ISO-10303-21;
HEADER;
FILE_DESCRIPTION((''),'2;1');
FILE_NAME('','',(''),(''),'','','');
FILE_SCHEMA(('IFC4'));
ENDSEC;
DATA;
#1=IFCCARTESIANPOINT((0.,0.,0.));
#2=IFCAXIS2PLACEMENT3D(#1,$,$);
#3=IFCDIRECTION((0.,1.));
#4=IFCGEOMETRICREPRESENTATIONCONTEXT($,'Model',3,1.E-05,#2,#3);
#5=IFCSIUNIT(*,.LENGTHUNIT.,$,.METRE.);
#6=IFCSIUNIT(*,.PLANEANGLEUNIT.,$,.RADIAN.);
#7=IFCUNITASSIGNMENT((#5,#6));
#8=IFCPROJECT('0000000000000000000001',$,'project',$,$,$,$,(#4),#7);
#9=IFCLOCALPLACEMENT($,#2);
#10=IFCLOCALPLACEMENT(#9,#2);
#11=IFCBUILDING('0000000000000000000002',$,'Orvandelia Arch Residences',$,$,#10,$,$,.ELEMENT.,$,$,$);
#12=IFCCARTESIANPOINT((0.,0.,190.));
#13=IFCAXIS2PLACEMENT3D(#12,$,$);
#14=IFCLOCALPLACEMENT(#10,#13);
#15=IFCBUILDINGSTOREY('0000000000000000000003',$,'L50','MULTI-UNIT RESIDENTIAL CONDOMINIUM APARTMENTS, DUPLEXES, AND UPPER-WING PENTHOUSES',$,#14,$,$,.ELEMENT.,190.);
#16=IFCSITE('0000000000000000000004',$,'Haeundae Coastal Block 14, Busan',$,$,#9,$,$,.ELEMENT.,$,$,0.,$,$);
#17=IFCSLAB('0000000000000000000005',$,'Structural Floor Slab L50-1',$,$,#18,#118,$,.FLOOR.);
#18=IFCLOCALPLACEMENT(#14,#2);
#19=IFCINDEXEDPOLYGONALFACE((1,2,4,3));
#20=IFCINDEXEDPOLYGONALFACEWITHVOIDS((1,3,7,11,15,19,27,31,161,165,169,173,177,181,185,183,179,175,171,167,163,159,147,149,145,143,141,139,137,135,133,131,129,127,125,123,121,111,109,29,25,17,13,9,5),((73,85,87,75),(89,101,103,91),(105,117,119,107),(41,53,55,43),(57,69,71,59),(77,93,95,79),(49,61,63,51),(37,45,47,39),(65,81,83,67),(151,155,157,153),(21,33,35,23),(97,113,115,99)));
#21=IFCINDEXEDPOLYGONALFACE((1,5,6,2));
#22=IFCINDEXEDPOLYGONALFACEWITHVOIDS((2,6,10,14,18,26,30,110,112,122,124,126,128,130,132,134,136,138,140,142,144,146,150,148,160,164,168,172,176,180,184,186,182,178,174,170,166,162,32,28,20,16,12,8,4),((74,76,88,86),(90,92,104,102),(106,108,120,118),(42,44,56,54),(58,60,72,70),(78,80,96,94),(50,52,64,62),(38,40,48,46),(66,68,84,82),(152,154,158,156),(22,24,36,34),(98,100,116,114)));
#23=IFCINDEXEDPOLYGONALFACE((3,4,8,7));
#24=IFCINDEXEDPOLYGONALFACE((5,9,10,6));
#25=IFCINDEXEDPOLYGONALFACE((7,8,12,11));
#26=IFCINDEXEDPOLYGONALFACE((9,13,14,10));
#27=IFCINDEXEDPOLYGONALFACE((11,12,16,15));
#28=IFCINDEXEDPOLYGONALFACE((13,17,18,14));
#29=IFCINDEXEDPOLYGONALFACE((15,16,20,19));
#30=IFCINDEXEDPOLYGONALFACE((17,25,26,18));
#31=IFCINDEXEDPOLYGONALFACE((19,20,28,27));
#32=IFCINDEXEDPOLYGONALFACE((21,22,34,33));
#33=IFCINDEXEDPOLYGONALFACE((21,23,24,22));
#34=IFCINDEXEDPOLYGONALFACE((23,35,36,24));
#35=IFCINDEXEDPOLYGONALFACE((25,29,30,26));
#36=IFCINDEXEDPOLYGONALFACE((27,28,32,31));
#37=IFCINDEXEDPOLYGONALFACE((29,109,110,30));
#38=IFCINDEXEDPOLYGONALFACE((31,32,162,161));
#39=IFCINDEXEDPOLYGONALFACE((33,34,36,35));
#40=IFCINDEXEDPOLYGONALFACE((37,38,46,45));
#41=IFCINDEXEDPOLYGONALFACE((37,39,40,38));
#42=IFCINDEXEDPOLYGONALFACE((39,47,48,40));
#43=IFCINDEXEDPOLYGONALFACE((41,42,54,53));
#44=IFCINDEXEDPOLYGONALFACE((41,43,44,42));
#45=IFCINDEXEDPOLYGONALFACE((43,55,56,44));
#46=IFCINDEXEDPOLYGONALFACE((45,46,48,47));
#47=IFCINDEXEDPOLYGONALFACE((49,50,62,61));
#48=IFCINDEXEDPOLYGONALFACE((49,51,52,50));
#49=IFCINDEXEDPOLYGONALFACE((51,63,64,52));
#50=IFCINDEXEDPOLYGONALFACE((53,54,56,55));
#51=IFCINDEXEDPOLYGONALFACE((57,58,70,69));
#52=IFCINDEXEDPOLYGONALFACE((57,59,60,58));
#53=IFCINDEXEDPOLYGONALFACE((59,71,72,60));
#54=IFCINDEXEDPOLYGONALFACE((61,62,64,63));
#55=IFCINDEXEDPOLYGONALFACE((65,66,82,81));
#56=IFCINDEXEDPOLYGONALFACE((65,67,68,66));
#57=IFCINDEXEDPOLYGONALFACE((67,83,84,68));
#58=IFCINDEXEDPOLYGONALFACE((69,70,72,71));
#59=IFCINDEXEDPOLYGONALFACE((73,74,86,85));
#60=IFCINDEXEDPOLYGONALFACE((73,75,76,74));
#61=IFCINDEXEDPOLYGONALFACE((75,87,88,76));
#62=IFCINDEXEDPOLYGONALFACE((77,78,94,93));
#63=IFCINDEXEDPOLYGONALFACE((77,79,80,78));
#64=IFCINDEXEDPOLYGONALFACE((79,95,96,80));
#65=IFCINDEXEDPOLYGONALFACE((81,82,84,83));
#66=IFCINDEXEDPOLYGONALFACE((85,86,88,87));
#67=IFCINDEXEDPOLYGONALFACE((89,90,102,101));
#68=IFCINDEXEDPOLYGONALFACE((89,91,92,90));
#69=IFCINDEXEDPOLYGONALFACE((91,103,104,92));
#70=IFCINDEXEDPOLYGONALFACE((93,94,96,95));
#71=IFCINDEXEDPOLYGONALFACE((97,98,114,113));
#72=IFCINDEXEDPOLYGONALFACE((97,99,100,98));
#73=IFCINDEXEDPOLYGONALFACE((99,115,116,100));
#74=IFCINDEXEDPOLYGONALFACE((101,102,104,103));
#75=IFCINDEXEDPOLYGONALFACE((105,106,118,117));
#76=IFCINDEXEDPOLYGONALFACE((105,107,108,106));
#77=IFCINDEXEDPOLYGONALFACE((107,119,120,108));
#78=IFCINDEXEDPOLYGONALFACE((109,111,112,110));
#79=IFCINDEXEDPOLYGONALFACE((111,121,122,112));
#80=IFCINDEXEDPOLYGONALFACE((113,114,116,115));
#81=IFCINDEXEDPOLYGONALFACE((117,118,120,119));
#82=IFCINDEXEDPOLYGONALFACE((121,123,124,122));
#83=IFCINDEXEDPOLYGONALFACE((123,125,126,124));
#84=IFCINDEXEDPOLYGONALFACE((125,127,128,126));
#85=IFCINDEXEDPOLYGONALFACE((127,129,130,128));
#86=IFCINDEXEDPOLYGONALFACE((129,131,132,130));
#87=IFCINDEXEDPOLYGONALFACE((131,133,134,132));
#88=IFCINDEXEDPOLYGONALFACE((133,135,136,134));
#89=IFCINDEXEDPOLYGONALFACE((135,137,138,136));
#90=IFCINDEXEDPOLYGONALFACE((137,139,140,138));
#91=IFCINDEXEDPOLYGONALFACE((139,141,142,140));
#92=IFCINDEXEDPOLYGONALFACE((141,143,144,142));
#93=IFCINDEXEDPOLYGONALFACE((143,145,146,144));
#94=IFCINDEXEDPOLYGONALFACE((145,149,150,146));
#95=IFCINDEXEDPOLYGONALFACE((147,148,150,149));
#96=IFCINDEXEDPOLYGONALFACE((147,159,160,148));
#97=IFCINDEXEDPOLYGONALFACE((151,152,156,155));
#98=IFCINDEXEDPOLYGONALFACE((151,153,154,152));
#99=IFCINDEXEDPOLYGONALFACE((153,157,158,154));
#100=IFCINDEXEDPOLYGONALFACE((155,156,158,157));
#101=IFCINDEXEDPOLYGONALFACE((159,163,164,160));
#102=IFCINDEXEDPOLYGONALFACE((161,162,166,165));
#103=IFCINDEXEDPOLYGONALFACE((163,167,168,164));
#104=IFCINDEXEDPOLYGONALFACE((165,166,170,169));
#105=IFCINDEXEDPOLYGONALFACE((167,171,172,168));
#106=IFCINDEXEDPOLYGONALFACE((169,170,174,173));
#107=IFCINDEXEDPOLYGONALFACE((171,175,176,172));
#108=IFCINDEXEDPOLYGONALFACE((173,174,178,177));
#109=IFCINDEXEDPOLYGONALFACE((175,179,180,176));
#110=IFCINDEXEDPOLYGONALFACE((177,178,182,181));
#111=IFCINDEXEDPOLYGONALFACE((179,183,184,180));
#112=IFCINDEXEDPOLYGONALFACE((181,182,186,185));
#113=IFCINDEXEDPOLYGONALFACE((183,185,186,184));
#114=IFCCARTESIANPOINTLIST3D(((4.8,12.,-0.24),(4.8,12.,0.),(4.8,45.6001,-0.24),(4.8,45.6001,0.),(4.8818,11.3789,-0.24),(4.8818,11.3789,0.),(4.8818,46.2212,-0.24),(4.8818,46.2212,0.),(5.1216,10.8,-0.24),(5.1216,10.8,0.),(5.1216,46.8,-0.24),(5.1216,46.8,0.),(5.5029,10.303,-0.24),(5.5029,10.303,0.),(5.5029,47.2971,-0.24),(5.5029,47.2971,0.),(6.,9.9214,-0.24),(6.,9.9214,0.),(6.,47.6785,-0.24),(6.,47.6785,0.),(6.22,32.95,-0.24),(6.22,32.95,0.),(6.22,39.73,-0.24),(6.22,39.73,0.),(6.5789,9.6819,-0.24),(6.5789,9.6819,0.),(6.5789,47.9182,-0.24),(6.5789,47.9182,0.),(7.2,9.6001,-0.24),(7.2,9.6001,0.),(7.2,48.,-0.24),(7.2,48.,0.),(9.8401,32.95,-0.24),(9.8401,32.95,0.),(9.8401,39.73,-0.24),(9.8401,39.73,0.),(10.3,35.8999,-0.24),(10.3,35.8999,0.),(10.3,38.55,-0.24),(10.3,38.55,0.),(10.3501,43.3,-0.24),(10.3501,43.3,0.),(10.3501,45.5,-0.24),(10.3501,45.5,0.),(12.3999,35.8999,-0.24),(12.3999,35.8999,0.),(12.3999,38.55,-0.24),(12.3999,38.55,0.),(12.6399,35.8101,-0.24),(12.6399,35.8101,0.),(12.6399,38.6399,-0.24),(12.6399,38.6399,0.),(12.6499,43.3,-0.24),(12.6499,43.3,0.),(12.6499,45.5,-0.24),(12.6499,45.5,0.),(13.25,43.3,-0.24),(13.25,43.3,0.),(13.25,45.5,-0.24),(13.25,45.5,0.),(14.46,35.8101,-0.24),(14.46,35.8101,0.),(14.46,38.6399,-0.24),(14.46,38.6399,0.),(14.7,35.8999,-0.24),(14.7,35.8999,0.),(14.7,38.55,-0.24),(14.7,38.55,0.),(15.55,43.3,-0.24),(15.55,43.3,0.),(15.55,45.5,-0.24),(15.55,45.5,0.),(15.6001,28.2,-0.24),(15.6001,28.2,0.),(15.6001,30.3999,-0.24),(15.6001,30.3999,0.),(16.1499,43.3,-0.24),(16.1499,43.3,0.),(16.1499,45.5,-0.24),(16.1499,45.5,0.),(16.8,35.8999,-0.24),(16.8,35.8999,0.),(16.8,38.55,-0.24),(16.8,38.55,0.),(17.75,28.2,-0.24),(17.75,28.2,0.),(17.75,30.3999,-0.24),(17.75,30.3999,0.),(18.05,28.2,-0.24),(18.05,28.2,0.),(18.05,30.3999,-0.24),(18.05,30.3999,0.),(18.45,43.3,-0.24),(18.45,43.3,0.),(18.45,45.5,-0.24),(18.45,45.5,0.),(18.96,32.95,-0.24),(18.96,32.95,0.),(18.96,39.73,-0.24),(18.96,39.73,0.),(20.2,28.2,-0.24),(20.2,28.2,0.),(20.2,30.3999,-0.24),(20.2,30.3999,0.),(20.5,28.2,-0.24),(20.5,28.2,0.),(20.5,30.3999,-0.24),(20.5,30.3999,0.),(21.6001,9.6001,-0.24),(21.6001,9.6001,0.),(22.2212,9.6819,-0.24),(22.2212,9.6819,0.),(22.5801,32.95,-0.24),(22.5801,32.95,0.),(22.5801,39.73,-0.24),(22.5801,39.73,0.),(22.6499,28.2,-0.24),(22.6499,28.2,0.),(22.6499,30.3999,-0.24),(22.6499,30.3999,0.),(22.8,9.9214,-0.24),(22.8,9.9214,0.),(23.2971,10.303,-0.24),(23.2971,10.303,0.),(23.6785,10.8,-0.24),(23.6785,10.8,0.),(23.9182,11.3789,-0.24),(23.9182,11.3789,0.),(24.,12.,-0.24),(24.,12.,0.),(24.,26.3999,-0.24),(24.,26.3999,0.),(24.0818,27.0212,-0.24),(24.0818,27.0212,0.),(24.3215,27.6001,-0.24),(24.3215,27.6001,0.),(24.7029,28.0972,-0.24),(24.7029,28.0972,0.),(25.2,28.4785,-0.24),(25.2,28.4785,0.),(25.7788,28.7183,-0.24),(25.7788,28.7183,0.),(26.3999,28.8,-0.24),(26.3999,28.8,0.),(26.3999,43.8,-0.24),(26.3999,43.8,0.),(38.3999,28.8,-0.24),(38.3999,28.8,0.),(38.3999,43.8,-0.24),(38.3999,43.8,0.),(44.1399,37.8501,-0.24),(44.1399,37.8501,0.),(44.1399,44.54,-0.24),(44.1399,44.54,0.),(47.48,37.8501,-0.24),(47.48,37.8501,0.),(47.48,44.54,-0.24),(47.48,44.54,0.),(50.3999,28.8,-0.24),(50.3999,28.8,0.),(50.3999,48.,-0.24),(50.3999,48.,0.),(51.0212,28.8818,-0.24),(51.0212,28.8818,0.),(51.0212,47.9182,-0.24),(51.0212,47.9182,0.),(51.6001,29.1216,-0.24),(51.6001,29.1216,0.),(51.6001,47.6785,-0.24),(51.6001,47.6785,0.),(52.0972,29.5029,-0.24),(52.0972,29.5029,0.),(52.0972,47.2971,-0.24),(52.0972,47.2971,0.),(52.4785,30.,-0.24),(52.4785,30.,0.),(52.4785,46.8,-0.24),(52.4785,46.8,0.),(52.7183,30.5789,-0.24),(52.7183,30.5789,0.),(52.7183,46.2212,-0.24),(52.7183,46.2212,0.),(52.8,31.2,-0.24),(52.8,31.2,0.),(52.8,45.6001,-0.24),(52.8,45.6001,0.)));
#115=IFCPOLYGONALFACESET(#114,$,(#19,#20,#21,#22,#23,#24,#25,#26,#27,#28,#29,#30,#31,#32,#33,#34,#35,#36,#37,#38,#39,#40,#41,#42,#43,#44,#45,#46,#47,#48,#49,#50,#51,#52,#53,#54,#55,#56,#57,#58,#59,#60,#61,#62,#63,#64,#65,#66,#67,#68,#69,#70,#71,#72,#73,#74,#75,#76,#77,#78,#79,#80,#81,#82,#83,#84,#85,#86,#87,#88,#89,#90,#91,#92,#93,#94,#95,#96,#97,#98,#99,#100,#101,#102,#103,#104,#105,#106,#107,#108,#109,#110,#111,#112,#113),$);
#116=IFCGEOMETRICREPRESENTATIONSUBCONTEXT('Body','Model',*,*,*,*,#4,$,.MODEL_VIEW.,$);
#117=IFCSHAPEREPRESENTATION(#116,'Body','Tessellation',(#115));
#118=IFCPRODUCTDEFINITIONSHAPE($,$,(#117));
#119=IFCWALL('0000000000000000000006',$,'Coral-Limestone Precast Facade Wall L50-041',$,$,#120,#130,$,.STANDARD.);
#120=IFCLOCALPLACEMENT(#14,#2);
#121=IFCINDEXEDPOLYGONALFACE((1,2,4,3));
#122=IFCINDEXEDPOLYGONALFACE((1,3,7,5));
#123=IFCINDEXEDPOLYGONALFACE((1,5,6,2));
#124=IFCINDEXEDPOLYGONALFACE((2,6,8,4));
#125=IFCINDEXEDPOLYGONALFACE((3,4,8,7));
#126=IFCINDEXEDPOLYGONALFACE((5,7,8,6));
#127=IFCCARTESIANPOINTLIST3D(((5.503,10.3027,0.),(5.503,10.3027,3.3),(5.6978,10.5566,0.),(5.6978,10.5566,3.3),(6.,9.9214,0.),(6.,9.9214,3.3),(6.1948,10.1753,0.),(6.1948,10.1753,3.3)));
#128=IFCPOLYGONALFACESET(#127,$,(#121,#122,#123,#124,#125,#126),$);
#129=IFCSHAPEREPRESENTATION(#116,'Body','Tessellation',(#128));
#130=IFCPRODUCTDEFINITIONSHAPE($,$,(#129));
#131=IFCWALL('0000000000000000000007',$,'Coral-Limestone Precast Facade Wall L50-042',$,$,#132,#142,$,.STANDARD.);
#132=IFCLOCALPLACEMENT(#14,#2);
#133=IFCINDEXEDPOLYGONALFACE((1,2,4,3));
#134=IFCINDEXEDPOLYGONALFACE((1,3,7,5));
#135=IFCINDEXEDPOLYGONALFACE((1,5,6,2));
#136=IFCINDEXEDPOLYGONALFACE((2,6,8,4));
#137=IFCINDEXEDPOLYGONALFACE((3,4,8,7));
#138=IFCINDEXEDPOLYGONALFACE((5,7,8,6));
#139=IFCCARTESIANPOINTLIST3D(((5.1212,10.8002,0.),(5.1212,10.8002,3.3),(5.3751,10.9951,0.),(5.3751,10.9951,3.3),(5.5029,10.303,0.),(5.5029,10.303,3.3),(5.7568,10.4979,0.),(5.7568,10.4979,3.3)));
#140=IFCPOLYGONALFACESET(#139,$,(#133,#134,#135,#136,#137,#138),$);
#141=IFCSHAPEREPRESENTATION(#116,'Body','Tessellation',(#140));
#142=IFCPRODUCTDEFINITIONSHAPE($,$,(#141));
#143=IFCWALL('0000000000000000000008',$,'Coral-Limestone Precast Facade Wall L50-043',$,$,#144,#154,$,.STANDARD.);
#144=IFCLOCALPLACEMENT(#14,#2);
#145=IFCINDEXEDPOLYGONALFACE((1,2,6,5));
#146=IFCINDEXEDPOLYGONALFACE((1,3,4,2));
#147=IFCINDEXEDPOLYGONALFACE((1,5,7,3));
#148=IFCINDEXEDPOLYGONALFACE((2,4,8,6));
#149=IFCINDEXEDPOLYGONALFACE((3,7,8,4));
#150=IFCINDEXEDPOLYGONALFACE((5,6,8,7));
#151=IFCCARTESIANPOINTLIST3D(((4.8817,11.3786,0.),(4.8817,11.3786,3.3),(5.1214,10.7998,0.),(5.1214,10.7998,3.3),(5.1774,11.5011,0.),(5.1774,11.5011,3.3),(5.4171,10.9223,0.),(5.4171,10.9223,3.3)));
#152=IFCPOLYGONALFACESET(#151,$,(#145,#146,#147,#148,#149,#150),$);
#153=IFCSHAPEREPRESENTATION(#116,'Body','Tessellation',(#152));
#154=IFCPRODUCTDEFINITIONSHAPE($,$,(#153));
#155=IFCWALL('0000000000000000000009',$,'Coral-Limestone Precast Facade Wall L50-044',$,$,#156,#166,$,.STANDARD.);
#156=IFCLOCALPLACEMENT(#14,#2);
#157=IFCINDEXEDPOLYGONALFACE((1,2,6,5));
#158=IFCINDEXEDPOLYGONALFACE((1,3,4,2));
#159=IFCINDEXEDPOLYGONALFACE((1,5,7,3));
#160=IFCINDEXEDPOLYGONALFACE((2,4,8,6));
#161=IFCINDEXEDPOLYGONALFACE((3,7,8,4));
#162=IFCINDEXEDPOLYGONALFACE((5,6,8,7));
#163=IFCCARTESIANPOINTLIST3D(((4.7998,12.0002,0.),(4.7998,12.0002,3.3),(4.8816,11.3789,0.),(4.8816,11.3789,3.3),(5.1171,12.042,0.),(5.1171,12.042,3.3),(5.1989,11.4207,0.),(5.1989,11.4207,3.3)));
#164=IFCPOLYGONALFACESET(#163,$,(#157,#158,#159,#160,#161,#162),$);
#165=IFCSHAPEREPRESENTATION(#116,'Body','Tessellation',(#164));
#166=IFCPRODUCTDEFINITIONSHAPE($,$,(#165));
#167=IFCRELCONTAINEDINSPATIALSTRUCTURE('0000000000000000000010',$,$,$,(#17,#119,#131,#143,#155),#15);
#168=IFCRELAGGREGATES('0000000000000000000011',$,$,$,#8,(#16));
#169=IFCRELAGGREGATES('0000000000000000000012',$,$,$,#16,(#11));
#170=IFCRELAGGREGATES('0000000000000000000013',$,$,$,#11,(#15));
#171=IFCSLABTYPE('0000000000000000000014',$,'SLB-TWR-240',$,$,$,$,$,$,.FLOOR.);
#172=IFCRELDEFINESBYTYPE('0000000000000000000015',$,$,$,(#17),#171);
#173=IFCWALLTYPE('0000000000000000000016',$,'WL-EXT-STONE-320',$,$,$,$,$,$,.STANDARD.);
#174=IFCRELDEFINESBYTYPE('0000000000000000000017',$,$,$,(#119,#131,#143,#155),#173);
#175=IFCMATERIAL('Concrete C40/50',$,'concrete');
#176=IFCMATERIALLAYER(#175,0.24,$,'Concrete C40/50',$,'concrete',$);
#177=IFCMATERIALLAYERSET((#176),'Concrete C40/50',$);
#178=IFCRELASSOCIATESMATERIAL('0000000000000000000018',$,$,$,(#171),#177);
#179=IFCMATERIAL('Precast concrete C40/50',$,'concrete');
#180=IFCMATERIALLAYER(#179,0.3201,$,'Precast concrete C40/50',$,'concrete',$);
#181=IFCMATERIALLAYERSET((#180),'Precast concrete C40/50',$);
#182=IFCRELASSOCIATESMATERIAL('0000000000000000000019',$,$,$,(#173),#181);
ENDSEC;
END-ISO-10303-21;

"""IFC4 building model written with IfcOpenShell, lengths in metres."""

from ifc_helpers import new_model, si_unit, direction, frame, frame_2d, origin, place, context, subcontext, project, spatial, polyline, rectangle, outline, extrude, material, layer, layer_set, type_object, element, save


model = new_model("IFC4")

# Units and contexts
model_context = context("Model", 3, precision=1e-05, world=origin(), true_north=direction((0.0, 1.0)))
body_context = subcontext(model_context, "Body", "Model", "MODEL_VIEW")
ifc_project = project(units=[si_unit("LENGTHUNIT", "METRE"), si_unit("PLANEANGLEUNIT", "RADIAN")], contexts=[model_context])

# Site, building, storey
site_placement = place(None, origin())
site = spatial("IfcSite", under=ifc_project, at=site_placement, Name="Haeundae Coastal Block 14, Busan", CompositionType="ELEMENT", RefElevation=0.0)
building_placement = place(site_placement, origin())
building = spatial("IfcBuilding", under=site, at=building_placement, Name="Orvandelia Arch Residences", CompositionType="ELEMENT")
storey_placement = place(building_placement, frame((0.0, 0.0, 190.0)))
storey = spatial("IfcBuildingStorey", under=building, at=storey_placement, Name="L50", Description="MULTI-UNIT RESIDENTIAL CONDOMINIUM APARTMENTS, DUPLEXES, AND UPPER-WING PENTHOUSES", CompositionType="ELEMENT", Elevation=190.0)

# Shared definitions
ifc_material_1 = material(Name="Concrete C40/50", Category="concrete")

# Slab
ifc_layer_1 = layer(ifc_material_1, 0.24, Name="Concrete C40/50", Category="concrete")
ifc_layer_set_1 = layer_set([ifc_layer_1], Name="Concrete C40/50")
slab_type_1 = type_object("IfcSlabType", Name="SLB-TWR-240", PredefinedType="FLOOR", material=ifc_layer_set_1)
slab_1_placement = place(storey_placement, frame((0.0, 0.0, -0.24)))
element("IfcSlab", 1, at=slab_1_placement, inside=storey, type_object=slab_type_1, Name="Structural Floor Slab L50-1", PredefinedType="FLOOR", context=body_context, shape_type="SweptSolid", body=[
    extrude(outline(polyline([(4.8, 12.0), (4.8818, 11.3789), (5.1216, 10.8), (5.5029, 10.303), (6.0, 9.9214), (6.5789, 9.6819), (7.2, 9.6001), (21.6001, 9.6001), (22.2212, 9.6819), (22.8, 9.9214), (23.2971, 10.303), (23.6785, 10.8), (23.9182, 11.3789), (24.0, 12.0), (24.0, 26.3999), (24.0818, 27.0212), (24.3215, 27.6001), (24.7029, 28.0972), (25.2, 28.4785), (25.7788, 28.7183), (26.3999, 28.8), (26.3999, 43.8), (38.3999, 43.8), (38.3999, 28.8), (50.3999, 28.8), (51.0212, 28.8818), (51.6001, 29.1216), (52.0972, 29.5029), (52.4785, 30.0), (52.7183, 30.5789), (52.8, 31.2), (52.8, 45.6001), (52.7183, 46.2212), (52.4785, 46.8), (52.0972, 47.2971), (51.6001, 47.6785), (51.0212, 47.9182), (50.3999, 48.0), (7.2, 48.0), (6.5789, 47.9182), (6.0, 47.6785), (5.5029, 47.2971), (5.1216, 46.8), (4.8818, 46.2212), (4.8, 45.6001), (4.8, 12.0)]), holes=[polyline([(6.22, 32.95), (9.8401, 32.95), (9.8401, 39.73), (6.22, 39.73), (6.22, 32.95)]), polyline([(18.96, 32.95), (22.5801, 32.95), (22.5801, 39.73), (18.96, 39.73), (18.96, 32.95)]), polyline([(44.1399, 37.8501), (47.48, 37.8501), (47.48, 44.54), (44.1399, 44.54), (44.1399, 37.8501)]), polyline([(12.6399, 35.8101), (14.46, 35.8101), (14.46, 38.6399), (12.6399, 38.6399), (12.6399, 35.8101)]), polyline([(10.3, 35.8999), (12.3999, 35.8999), (12.3999, 38.55), (10.3, 38.55), (10.3, 35.8999)]), polyline([(14.7, 35.8999), (16.8, 35.8999), (16.8, 38.55), (14.7, 38.55), (14.7, 35.8999)]), polyline([(10.3501, 43.3), (12.6499, 43.3), (12.6499, 45.5), (10.3501, 45.5), (10.3501, 43.3)]), polyline([(13.25, 43.3), (15.55, 43.3), (15.55, 45.5), (13.25, 45.5), (13.25, 43.3)]), polyline([(16.1499, 43.3), (18.45, 43.3), (18.45, 45.5), (16.1499, 45.5), (16.1499, 43.3)]), polyline([(15.6001, 28.2), (17.75, 28.2), (17.75, 30.3999), (15.6001, 30.3999), (15.6001, 28.2)]), polyline([(18.05, 28.2), (20.2, 28.2), (20.2, 30.3999), (18.05, 30.3999), (18.05, 28.2)]), polyline([(20.5, 28.2), (22.6499, 28.2), (22.6499, 30.3999), (20.5, 30.3999), (20.5, 28.2)])]), origin(), (0.0, 0.0, 1.0), 0.24),
])

# Walls
ifc_material_2 = material(Name="Precast concrete C40/50", Category="concrete")
ifc_layer_2 = layer(ifc_material_2, 0.3201, Name="Precast concrete C40/50", Category="concrete")
ifc_layer_set_2 = layer_set([ifc_layer_2], Name="Precast concrete C40/50")
wall_type_1 = type_object("IfcWallType", Name="WL-EXT-STONE-320", PredefinedType="STANDARD", material=ifc_layer_set_2)
wall_1_placement = place(storey_placement, frame((6.0974, 10.0483, 0.0), z_axis=(0.0, 0.0, 1.0), x_axis=(-0.793406, 0.608693, 0.0)))
element("IfcWall", 2, at=wall_1_placement, inside=storey, type_object=wall_type_1, Name="Coral-Limestone Precast Facade Wall L50-041", PredefinedType="STANDARD", context=body_context, shape_type="SweptSolid", body=[
    extrude(rectangle(XDim=0.6265, YDim=0.3201, at=frame_2d((0.3132, 0.0))), origin(), (0.0, 0.0, 1.0), 3.3),
])
wall_2_placement = place(storey_placement, frame((5.6299, 10.4004, 0.0), z_axis=(0.0, 0.0, 1.0), x_axis=(-0.608939, 0.793217, 0.0)))
element("IfcWall", 3, at=wall_2_placement, inside=storey, type_object=wall_type_1, Name="Coral-Limestone Precast Facade Wall L50-042", PredefinedType="STANDARD", context=body_context, shape_type="SweptSolid", body=[
    extrude(rectangle(XDim=0.6267, YDim=0.3201, at=frame_2d((0.3135, 0.0))), origin(), (0.0, 0.0, 1.0), 3.3),
])
wall_3_placement = place(storey_placement, frame((5.2693, 10.8611, 0.0), z_axis=(0.0, 0.0, 1.0), x_axis=(-0.38265, 0.923893, 0.0)))
element("IfcWall", 4, at=wall_3_placement, inside=storey, type_object=wall_type_1, Name="Coral-Limestone Precast Facade Wall L50-043", PredefinedType="STANDARD", context=body_context, shape_type="SweptSolid", body=[
    extrude(rectangle(XDim=0.6265, YDim=0.3201, at=frame_2d((0.3132, 0.0))), origin(), (0.0, 0.0, 1.0), 3.3),
])
wall_4_placement = place(storey_placement, frame((5.0403, 11.3997, 0.0), z_axis=(0.0, 0.0, 1.0), x_axis=(-0.130505, 0.991448, 0.0)))
element("IfcWall", 5, at=wall_4_placement, inside=storey, type_object=wall_type_1, Name="Coral-Limestone Precast Facade Wall L50-044", PredefinedType="STANDARD", context=body_context, shape_type="SweptSolid", body=[
    extrude(rectangle(XDim=0.6267, YDim=0.3201, at=frame_2d((0.3135, 0.0))), origin(), (0.0, 0.0, 1.0), 3.3),
])

save(model, "model.ifc")
